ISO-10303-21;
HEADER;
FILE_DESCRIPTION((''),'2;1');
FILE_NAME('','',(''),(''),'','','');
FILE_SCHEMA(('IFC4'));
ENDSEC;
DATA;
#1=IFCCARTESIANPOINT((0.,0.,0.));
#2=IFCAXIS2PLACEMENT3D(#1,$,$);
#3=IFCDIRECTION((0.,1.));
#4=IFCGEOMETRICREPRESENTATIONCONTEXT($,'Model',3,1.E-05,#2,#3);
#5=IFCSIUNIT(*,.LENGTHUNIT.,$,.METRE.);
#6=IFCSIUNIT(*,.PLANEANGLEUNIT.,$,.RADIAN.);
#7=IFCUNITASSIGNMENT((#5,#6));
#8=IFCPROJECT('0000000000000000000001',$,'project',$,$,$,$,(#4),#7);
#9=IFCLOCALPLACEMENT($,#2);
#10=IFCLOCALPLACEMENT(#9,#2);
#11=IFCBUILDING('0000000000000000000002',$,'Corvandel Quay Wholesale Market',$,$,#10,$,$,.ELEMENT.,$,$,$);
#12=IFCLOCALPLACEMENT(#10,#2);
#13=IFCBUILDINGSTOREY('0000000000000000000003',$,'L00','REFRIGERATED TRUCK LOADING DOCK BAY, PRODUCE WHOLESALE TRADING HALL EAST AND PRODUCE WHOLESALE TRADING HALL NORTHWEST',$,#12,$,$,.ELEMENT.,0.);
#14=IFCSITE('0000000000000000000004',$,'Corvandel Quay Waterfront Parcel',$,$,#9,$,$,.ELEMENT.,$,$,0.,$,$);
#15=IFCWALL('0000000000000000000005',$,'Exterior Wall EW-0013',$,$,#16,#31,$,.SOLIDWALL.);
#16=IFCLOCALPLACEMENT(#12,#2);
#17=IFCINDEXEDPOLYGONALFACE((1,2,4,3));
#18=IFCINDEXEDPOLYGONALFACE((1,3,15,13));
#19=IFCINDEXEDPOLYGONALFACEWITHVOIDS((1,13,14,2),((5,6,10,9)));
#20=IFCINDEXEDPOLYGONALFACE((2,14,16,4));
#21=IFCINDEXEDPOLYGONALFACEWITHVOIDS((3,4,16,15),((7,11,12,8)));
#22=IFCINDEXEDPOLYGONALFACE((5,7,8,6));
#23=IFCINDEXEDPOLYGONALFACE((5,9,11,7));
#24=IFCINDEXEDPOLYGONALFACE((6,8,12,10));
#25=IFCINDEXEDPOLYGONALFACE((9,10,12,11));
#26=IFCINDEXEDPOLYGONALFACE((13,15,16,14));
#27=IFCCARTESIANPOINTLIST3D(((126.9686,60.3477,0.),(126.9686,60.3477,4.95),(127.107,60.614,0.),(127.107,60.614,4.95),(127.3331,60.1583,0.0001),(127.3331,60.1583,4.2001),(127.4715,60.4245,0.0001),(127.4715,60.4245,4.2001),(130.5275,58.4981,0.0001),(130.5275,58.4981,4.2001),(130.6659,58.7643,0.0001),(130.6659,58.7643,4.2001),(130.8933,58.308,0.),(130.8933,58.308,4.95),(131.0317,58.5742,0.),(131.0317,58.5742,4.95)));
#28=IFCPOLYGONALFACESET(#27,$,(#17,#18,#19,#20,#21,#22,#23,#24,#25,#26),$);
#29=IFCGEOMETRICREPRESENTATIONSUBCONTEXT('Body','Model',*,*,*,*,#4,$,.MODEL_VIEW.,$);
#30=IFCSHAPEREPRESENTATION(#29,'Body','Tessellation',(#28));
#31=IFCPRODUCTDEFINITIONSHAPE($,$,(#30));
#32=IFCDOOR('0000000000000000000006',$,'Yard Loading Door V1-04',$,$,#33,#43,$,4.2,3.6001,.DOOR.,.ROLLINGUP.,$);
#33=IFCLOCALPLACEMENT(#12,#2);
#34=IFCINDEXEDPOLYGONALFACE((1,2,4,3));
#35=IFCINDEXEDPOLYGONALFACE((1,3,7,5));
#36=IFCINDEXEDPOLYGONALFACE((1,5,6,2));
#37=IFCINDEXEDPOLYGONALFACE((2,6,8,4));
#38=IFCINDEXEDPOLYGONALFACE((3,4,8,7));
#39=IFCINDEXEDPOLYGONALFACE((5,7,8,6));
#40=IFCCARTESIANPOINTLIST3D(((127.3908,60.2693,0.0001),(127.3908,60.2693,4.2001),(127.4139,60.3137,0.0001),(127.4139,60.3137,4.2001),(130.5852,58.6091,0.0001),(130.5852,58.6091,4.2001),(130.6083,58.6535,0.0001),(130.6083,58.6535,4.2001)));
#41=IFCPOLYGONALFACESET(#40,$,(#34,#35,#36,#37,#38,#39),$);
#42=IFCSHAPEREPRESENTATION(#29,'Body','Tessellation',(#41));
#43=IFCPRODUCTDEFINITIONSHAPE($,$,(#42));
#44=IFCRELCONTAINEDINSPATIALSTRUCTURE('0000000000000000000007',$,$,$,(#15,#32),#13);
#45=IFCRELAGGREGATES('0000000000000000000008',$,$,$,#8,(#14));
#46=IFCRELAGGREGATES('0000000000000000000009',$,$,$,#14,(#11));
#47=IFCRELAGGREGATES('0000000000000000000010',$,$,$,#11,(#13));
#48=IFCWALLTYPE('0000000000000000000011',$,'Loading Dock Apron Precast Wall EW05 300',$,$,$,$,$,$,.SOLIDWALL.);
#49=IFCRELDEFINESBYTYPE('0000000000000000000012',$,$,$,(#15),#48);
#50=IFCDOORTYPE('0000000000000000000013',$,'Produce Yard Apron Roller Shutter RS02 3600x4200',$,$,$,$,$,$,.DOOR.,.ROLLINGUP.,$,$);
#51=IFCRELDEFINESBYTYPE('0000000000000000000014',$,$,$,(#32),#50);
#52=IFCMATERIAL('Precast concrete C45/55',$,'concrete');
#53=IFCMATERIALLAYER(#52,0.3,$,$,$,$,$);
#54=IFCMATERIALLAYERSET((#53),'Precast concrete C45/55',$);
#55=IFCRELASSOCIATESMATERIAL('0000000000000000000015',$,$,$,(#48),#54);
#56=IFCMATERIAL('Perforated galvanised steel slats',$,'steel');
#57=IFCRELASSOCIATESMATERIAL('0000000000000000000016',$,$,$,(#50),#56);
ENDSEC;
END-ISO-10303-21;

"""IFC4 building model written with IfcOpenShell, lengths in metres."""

from ifc_helpers import new_model, si_unit, direction, frame, frame_2d, origin, place, context, subcontext, project, spatial, rectangle, extrude, material, layer, layer_set, type_object, element, fill, save


model = new_model("IFC4")

# Units and contexts
model_context = context("Model", 3, precision=1e-05, world=origin(), true_north=direction((0.0, 1.0)))
body_context = subcontext(model_context, "Body", "Model", "MODEL_VIEW")
ifc_project = project(units=[si_unit("LENGTHUNIT", "METRE"), si_unit("PLANEANGLEUNIT", "RADIAN")], contexts=[model_context])

# Site, building, storey
site_placement = place(None, origin())
site = spatial("IfcSite", under=ifc_project, at=site_placement, Name="Corvandel Quay Waterfront Parcel", CompositionType="ELEMENT", RefElevation=0.0)
building_placement = place(site_placement, origin())
building = spatial("IfcBuilding", under=site, at=building_placement, Name="Corvandel Quay Wholesale Market", CompositionType="ELEMENT")
storey_placement = place(building_placement, origin())
storey = spatial("IfcBuildingStorey", under=building, at=storey_placement, Name="L00", Description="REFRIGERATED TRUCK LOADING DOCK BAY, PRODUCE WHOLESALE TRADING HALL EAST AND PRODUCE WHOLESALE TRADING HALL NORTHWEST", CompositionType="ELEMENT", Elevation=0.0)

# Shared definitions
ifc_material_1 = material(Name="Precast concrete C45/55", Category="concrete")

# Shared definitions
ifc_layer_1 = layer(ifc_material_1, 0.3)
ifc_layer_set_1 = layer_set([ifc_layer_1], Name="Precast concrete C45/55")
wall_type = type_object("IfcWallType", Name="Loading Dock Apron Precast Wall EW05 300", PredefinedType="SOLIDWALL", material=ifc_layer_set_1)

# Wall, opening, door
wall_1_placement = place(storey_placement, frame((130.9624, 58.4412, 0.0), z_axis=(0.0, 0.0, 1.0), x_axis=(-0.887319, 0.461156, 0.0)))
wall_1 = element("IfcWall", 1, at=wall_1_placement, inside=storey, type_object=wall_type, Name="Exterior Wall EW-0013", PredefinedType="SOLIDWALL", context=body_context, shape_type="SweptSolid", body=[
    extrude(rectangle(XDim=4.4231, YDim=0.3, at=frame_2d((2.2114, 0.0))), origin(), (0.0, 0.0, 1.0), 4.95),
])
opening_1_placement = place(wall_1_placement, frame((0.4121, 0.0, 0.0)))
opening_1 = element("IfcOpeningElement", 2, at=opening_1_placement, cuts=wall_1, PredefinedType="OPENING", context=body_context, shape_type="SweptSolid", body=[
    extrude(rectangle(XDim=3.6001, YDim=4.2, at=frame_2d((1.8, 2.1001))), frame((0.0, 0.1599, 0.0), z_axis=(0.0, -1.0, 0.0), x_axis=(1.0, 0.0, 0.0)), (0.0, 0.0, 1.0), 0.3201),
])
ifc_material_2 = material(Name="Perforated galvanised steel slats", Category="steel")
door_type = type_object("IfcDoorType", Name="Produce Yard Apron Roller Shutter RS02 3600x4200", OperationType="ROLLINGUP", PredefinedType="DOOR", material=ifc_material_2)
door_placement = place(opening_1_placement, origin())
door = element("IfcDoor", 3, at=door_placement, inside=storey, type_object=door_type, Name="Yard Loading Door V1-04", OperationType="ROLLINGUP", OverallHeight=4.2, OverallWidth=3.6001, PredefinedType="DOOR", context=body_context, shape_type="SweptSolid", body=[
    extrude(rectangle(XDim=3.6001, YDim=4.2, at=frame_2d((1.8, 2.1001))), frame((0.0, 0.0249, 0.0), z_axis=(0.0, -1.0, 0.0), x_axis=(1.0, 0.0, 0.0)), (0.0, 0.0, 1.0), 0.05),
])
fill(opening_1, door)

save(model, "model.ifc")
